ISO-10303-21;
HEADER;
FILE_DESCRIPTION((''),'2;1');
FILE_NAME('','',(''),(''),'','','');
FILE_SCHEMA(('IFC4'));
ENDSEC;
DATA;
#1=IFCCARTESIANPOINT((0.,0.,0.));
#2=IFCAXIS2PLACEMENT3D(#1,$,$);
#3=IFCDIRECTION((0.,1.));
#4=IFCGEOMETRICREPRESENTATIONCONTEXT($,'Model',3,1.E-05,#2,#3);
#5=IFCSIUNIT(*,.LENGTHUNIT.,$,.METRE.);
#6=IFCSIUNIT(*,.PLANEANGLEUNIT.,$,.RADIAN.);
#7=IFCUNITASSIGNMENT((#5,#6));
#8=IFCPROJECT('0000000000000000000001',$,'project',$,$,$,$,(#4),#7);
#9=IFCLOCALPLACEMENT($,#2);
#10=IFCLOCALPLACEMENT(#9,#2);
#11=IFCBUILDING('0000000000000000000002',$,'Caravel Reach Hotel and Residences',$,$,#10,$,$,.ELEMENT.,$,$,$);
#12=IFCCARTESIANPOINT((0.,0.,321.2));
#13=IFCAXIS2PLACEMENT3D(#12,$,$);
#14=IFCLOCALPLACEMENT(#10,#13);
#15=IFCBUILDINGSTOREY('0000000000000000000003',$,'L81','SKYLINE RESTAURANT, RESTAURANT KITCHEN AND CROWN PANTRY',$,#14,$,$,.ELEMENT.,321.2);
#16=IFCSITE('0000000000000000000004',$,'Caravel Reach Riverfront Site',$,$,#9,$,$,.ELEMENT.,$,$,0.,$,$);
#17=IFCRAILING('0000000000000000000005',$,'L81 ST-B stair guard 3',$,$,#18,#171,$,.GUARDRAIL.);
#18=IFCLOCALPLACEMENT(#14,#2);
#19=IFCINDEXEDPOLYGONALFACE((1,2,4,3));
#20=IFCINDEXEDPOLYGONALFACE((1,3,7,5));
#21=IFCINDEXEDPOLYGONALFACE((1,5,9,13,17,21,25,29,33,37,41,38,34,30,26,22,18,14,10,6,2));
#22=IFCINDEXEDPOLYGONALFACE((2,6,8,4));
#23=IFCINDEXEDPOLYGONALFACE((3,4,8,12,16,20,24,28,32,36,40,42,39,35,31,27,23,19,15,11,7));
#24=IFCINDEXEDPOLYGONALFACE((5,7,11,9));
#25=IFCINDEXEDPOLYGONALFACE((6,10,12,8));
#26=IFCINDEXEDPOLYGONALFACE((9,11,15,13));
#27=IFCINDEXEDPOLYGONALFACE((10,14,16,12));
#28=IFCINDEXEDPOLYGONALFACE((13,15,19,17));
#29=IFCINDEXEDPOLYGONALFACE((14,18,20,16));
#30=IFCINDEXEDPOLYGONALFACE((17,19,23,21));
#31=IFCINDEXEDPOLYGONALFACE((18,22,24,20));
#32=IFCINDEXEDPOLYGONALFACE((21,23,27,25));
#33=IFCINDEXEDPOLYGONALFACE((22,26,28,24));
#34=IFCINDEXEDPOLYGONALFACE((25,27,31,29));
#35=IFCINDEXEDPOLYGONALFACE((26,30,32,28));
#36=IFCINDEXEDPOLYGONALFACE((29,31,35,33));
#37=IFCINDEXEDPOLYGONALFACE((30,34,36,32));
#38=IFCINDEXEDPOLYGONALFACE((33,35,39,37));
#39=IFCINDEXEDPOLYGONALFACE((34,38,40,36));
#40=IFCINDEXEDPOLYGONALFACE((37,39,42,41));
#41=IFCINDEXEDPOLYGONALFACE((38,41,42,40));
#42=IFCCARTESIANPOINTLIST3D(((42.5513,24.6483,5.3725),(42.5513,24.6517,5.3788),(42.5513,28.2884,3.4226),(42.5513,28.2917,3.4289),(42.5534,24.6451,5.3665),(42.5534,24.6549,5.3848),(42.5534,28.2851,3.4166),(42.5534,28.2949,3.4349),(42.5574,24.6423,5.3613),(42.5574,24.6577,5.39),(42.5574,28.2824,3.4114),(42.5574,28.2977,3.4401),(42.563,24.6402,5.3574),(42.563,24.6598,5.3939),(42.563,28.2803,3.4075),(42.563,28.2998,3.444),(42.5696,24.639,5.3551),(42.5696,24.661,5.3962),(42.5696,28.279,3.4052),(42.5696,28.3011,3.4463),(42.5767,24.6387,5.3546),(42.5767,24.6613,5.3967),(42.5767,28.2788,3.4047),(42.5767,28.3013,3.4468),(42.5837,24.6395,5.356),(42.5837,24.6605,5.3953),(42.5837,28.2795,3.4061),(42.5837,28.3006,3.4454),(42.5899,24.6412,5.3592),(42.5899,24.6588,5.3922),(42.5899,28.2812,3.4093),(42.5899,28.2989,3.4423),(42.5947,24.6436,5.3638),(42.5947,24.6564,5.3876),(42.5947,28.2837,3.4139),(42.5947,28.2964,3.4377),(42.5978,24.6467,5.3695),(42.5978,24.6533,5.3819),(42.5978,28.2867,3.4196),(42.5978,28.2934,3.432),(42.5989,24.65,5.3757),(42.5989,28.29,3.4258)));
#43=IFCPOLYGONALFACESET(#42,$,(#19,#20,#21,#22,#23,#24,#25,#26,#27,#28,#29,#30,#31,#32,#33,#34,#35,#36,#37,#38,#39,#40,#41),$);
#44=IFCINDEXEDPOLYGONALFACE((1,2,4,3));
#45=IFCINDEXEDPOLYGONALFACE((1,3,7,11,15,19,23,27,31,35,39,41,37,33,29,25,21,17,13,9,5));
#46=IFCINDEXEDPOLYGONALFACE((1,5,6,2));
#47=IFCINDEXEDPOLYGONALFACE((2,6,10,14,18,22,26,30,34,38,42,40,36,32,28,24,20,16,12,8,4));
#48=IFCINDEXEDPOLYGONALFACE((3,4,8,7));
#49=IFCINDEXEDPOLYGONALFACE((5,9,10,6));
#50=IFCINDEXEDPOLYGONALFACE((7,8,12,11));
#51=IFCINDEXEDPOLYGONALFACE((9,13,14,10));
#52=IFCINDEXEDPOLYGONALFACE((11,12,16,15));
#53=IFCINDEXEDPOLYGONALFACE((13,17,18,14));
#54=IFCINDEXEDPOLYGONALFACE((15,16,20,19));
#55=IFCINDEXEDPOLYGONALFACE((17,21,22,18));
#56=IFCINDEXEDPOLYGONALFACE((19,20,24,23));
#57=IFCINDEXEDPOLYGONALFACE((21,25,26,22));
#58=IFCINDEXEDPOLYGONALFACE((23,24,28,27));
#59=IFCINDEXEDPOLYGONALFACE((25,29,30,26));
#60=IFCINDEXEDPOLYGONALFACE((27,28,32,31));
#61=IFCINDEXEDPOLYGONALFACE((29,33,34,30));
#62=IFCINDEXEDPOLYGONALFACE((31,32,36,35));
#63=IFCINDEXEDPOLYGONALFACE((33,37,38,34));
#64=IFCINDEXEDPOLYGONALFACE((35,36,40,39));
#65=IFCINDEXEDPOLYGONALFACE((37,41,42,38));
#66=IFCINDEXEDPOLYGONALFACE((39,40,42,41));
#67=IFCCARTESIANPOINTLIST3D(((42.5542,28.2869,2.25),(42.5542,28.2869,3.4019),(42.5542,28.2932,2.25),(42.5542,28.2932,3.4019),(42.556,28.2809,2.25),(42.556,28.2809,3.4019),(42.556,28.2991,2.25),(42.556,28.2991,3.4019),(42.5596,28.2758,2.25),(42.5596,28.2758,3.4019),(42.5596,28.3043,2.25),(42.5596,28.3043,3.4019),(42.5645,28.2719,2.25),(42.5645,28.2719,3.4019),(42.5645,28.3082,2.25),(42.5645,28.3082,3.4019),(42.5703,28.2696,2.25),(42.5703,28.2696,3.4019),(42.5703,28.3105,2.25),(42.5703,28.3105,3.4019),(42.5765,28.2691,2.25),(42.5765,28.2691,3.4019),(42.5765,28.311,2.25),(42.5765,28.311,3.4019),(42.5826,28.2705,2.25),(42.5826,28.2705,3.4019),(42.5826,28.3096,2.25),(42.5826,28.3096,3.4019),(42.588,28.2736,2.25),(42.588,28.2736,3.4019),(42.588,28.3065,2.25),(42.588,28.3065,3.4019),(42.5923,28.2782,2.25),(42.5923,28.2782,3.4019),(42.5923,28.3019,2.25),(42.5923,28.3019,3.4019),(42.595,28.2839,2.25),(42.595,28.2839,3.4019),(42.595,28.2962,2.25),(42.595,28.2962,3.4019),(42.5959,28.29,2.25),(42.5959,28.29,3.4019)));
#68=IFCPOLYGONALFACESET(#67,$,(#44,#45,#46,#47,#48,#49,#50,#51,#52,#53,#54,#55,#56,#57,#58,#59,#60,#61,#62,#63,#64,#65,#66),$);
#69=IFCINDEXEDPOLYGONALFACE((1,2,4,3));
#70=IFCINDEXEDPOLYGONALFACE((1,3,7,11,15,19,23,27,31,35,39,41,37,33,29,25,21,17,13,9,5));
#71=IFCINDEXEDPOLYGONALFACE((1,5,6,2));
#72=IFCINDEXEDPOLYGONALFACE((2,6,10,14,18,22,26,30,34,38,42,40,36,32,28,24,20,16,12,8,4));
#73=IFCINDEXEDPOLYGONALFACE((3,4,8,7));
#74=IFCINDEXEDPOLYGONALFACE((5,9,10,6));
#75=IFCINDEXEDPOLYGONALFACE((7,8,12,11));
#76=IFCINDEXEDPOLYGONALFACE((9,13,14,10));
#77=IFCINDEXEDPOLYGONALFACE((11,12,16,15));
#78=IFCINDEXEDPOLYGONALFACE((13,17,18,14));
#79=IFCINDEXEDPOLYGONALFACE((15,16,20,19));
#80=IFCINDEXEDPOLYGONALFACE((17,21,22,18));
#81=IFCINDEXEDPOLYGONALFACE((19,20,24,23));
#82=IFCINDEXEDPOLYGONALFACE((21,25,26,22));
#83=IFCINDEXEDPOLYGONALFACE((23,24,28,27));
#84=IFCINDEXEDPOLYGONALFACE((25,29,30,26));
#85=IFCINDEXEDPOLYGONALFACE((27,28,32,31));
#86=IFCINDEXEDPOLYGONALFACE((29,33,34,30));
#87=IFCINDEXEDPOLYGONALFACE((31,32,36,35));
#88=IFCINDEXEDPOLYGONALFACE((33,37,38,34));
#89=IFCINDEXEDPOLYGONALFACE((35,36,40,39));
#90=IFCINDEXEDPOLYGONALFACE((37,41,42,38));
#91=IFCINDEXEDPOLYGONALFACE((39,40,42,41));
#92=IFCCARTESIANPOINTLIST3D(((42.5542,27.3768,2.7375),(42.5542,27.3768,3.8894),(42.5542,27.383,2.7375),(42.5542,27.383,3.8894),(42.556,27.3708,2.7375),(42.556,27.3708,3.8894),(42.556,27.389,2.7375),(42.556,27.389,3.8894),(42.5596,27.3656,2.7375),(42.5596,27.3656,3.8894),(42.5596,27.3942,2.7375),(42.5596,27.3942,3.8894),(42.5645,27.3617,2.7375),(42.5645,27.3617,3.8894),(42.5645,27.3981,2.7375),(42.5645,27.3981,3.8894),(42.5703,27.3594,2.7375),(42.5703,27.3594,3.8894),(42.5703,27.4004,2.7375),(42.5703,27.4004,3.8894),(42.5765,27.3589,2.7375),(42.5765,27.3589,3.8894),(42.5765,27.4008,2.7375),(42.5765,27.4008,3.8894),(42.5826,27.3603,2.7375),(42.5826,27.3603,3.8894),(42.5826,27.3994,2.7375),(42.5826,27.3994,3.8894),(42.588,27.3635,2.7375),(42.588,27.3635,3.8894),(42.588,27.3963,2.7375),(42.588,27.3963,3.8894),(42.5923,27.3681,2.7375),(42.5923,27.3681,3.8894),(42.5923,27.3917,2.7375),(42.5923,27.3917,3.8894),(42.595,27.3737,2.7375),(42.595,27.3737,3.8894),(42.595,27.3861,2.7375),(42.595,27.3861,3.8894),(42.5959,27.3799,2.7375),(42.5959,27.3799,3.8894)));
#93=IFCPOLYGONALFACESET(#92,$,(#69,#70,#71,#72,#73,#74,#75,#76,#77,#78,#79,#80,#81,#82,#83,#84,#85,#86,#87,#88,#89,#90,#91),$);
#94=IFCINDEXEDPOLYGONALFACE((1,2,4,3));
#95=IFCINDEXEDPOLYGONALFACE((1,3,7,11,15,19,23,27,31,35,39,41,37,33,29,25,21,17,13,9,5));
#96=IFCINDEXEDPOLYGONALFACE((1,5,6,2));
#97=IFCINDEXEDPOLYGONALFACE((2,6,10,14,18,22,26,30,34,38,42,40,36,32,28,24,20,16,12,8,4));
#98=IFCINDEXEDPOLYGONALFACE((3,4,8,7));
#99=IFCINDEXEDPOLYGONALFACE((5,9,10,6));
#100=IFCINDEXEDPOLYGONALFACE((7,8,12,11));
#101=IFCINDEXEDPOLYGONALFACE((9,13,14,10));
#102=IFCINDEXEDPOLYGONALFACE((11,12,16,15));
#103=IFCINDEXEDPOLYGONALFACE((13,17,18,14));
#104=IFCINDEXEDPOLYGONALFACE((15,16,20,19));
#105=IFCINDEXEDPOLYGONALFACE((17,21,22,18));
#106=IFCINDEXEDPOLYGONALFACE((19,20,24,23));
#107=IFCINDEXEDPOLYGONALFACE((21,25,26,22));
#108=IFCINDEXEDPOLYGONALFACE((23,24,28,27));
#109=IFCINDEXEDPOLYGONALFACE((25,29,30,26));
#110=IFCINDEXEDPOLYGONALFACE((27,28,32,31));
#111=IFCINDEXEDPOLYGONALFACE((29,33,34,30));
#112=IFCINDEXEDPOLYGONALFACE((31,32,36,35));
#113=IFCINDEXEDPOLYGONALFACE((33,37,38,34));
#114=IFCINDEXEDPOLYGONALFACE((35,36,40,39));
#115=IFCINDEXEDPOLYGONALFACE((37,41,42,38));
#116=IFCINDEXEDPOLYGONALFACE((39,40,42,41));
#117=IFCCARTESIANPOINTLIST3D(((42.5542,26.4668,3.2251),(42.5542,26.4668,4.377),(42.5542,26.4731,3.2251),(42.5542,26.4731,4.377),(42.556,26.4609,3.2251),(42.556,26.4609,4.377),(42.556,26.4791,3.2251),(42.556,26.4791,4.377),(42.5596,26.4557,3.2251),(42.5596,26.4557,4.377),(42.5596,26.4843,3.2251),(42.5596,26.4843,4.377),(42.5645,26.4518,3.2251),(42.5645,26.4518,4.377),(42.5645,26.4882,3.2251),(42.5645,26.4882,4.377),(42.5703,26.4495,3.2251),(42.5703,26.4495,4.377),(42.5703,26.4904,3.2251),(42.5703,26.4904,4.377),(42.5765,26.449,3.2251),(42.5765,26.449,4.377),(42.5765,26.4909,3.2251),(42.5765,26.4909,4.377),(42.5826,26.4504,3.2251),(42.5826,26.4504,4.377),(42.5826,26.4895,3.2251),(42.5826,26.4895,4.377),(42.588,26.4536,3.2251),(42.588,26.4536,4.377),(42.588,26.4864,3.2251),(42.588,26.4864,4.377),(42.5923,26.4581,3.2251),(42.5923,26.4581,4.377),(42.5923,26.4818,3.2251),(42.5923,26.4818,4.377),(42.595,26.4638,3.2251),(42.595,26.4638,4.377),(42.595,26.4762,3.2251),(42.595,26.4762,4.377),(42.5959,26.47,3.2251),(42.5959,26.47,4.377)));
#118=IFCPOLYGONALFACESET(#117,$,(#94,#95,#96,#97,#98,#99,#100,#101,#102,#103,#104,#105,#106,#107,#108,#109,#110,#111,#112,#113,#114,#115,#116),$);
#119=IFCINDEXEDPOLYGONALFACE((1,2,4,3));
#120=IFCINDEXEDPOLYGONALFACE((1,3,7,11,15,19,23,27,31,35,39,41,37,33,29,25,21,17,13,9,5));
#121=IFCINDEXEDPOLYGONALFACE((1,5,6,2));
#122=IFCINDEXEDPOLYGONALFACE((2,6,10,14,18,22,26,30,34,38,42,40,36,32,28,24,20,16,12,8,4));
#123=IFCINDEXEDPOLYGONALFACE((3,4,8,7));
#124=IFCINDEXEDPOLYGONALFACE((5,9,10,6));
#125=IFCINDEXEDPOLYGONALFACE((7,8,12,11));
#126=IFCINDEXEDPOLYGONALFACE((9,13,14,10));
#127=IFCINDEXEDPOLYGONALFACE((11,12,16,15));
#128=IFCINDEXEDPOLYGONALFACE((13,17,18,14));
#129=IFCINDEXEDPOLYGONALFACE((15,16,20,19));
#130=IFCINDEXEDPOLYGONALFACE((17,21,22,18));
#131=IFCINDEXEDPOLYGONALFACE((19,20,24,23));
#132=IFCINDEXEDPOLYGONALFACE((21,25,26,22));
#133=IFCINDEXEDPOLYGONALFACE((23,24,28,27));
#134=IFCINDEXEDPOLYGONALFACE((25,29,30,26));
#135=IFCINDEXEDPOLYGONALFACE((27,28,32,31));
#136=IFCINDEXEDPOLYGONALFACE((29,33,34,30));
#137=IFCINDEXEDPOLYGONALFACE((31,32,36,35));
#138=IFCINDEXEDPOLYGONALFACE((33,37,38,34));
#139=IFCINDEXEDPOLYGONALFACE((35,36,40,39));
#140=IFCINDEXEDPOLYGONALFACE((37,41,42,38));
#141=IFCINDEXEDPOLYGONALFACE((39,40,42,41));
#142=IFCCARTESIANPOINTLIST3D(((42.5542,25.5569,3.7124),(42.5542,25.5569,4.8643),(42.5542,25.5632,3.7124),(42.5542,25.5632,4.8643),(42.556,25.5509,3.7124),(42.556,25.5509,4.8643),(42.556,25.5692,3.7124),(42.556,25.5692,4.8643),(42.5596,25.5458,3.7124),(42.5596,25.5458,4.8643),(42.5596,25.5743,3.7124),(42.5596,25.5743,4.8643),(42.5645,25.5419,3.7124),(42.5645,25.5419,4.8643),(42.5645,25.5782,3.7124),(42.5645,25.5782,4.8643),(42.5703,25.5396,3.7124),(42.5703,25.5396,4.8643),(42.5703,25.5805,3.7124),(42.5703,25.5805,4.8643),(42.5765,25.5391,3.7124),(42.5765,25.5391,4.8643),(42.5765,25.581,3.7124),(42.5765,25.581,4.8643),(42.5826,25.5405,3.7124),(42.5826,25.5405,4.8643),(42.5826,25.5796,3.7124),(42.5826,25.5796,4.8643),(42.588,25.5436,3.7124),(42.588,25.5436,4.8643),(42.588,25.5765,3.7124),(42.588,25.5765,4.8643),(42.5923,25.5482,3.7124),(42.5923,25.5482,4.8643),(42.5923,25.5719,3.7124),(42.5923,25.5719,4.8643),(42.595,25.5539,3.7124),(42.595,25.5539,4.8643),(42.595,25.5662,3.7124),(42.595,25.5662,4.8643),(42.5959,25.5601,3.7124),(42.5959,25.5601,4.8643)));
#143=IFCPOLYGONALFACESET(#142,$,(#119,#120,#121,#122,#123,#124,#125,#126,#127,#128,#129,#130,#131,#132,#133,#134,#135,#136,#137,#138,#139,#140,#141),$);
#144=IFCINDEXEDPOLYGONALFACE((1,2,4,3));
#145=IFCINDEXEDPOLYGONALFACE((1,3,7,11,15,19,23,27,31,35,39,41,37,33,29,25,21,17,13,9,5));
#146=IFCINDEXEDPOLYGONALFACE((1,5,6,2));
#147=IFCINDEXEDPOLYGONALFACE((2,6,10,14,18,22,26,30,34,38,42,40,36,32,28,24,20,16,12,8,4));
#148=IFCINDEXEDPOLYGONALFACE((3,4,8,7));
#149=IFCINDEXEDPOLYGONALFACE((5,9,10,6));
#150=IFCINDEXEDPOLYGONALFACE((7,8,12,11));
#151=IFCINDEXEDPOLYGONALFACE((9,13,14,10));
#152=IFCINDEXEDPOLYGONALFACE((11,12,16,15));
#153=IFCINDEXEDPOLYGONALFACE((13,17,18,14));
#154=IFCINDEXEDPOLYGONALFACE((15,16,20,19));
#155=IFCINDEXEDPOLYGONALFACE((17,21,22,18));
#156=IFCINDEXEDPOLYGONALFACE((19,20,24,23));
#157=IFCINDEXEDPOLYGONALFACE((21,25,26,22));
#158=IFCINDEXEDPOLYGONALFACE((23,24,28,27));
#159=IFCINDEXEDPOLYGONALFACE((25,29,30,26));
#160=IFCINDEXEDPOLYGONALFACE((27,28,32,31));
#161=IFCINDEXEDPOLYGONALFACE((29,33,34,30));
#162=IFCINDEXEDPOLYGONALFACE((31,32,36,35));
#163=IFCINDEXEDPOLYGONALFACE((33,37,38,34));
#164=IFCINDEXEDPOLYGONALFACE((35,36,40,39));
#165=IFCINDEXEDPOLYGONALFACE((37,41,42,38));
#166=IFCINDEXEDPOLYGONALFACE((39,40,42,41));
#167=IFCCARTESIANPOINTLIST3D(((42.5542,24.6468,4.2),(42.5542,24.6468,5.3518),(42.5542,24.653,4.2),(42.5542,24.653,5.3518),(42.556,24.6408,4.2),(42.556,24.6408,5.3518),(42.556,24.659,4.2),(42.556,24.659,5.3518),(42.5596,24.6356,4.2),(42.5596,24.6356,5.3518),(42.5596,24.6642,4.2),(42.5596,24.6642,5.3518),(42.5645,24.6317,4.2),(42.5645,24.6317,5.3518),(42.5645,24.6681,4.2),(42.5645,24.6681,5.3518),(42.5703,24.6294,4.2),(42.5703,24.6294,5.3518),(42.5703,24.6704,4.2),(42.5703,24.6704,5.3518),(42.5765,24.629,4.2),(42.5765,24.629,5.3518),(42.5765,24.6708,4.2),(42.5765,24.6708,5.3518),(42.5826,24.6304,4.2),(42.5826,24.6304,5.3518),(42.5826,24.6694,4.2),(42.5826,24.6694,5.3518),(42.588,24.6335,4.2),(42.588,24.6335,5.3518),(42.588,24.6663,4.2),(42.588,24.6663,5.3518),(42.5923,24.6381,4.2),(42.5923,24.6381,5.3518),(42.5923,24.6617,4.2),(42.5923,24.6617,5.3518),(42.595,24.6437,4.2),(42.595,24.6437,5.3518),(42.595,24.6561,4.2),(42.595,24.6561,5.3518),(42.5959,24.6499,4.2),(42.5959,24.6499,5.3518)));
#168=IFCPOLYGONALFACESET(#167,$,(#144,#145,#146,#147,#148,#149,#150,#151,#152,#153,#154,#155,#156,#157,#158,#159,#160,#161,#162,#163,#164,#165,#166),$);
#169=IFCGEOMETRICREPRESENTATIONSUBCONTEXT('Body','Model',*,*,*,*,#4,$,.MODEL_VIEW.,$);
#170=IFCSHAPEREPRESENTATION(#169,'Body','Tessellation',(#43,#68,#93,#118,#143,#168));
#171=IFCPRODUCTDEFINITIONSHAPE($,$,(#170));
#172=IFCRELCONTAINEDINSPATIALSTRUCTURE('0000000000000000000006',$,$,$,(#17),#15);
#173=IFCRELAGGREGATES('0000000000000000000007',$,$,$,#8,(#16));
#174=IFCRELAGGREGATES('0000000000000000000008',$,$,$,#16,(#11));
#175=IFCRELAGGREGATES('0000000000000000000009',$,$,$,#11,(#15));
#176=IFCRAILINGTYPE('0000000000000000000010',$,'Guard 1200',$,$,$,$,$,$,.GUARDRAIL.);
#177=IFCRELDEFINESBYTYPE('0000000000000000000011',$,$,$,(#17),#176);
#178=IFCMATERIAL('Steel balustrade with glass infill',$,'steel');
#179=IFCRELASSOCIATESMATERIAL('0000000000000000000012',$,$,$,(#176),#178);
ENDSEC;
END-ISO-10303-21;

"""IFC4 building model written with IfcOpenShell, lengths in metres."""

from ifc_helpers import new_model, si_unit, direction, frame, origin, origin_2d, place, context, subcontext, project, spatial, circle, extrude, material, type_object, element, save


model = new_model("IFC4")

# Units and contexts
model_context = context("Model", 3, precision=1e-05, world=origin(), true_north=direction((0.0, 1.0)))
body_context = subcontext(model_context, "Body", "Model", "MODEL_VIEW")
ifc_project = project(units=[si_unit("LENGTHUNIT", "METRE"), si_unit("PLANEANGLEUNIT", "RADIAN")], contexts=[model_context])

# Site, building, storey
site_placement = place(None, origin())
site = spatial("IfcSite", under=ifc_project, at=site_placement, Name="Caravel Reach Riverfront Site", CompositionType="ELEMENT", RefElevation=0.0)
building_placement = place(site_placement, origin())
building = spatial("IfcBuilding", under=site, at=building_placement, Name="Caravel Reach Hotel and Residences", CompositionType="ELEMENT")
storey_placement = place(building_placement, frame((0.0, 0.0, 321.2)))
storey = spatial("IfcBuildingStorey", under=building, at=storey_placement, Name="L81", Description="SKYLINE RESTAURANT, RESTAURANT KITCHEN AND CROWN PANTRY", CompositionType="ELEMENT", Elevation=321.2)

# Railing
ifc_material_1 = material(Name="Steel balustrade with glass infill", Category="steel")
railing_type_1 = type_object("IfcRailingType", Name="Guard 1200", PredefinedType="GUARDRAIL", material=ifc_material_1)
railing_1_placement = place(storey_placement, frame((42.575, 28.29, 2.25)))
element("IfcRailing", 1, at=railing_1_placement, inside=storey, type_object=railing_type_1, Name="L81 ST-B stair guard 3", PredefinedType="GUARDRAIL", context=body_context, shape_type="SweptSolid", body=[
    extrude(circle(Radius=0.0239, at=origin_2d()), frame((0.0, 0.0, 1.1758), z_axis=(0.0, -0.881492, 0.472198), x_axis=(1.0, 0.0, 0.0)), (0.0, 0.0, 1.0), 4.1294),
    extrude(circle(Radius=0.021, at=origin_2d()), origin(), (0.0, 0.0, 1.0), 1.1519),
    extrude(circle(Radius=0.021, at=origin_2d()), frame((0.0, -0.9102, 0.4875)), (0.0, 0.0, 1.0), 1.1519),
    extrude(circle(Radius=0.021, at=origin_2d()), frame((0.0, -1.8201, 0.9751)), (0.0, 0.0, 1.0), 1.1519),
    extrude(circle(Radius=0.021, at=origin_2d()), frame((0.0, -2.73, 1.4624)), (0.0, 0.0, 1.0), 1.1519),
    extrude(circle(Radius=0.021, at=origin_2d()), frame((0.0, -3.6401, 1.95)), (0.0, 0.0, 1.0), 1.1519),
])

save(model, "model.ifc")
